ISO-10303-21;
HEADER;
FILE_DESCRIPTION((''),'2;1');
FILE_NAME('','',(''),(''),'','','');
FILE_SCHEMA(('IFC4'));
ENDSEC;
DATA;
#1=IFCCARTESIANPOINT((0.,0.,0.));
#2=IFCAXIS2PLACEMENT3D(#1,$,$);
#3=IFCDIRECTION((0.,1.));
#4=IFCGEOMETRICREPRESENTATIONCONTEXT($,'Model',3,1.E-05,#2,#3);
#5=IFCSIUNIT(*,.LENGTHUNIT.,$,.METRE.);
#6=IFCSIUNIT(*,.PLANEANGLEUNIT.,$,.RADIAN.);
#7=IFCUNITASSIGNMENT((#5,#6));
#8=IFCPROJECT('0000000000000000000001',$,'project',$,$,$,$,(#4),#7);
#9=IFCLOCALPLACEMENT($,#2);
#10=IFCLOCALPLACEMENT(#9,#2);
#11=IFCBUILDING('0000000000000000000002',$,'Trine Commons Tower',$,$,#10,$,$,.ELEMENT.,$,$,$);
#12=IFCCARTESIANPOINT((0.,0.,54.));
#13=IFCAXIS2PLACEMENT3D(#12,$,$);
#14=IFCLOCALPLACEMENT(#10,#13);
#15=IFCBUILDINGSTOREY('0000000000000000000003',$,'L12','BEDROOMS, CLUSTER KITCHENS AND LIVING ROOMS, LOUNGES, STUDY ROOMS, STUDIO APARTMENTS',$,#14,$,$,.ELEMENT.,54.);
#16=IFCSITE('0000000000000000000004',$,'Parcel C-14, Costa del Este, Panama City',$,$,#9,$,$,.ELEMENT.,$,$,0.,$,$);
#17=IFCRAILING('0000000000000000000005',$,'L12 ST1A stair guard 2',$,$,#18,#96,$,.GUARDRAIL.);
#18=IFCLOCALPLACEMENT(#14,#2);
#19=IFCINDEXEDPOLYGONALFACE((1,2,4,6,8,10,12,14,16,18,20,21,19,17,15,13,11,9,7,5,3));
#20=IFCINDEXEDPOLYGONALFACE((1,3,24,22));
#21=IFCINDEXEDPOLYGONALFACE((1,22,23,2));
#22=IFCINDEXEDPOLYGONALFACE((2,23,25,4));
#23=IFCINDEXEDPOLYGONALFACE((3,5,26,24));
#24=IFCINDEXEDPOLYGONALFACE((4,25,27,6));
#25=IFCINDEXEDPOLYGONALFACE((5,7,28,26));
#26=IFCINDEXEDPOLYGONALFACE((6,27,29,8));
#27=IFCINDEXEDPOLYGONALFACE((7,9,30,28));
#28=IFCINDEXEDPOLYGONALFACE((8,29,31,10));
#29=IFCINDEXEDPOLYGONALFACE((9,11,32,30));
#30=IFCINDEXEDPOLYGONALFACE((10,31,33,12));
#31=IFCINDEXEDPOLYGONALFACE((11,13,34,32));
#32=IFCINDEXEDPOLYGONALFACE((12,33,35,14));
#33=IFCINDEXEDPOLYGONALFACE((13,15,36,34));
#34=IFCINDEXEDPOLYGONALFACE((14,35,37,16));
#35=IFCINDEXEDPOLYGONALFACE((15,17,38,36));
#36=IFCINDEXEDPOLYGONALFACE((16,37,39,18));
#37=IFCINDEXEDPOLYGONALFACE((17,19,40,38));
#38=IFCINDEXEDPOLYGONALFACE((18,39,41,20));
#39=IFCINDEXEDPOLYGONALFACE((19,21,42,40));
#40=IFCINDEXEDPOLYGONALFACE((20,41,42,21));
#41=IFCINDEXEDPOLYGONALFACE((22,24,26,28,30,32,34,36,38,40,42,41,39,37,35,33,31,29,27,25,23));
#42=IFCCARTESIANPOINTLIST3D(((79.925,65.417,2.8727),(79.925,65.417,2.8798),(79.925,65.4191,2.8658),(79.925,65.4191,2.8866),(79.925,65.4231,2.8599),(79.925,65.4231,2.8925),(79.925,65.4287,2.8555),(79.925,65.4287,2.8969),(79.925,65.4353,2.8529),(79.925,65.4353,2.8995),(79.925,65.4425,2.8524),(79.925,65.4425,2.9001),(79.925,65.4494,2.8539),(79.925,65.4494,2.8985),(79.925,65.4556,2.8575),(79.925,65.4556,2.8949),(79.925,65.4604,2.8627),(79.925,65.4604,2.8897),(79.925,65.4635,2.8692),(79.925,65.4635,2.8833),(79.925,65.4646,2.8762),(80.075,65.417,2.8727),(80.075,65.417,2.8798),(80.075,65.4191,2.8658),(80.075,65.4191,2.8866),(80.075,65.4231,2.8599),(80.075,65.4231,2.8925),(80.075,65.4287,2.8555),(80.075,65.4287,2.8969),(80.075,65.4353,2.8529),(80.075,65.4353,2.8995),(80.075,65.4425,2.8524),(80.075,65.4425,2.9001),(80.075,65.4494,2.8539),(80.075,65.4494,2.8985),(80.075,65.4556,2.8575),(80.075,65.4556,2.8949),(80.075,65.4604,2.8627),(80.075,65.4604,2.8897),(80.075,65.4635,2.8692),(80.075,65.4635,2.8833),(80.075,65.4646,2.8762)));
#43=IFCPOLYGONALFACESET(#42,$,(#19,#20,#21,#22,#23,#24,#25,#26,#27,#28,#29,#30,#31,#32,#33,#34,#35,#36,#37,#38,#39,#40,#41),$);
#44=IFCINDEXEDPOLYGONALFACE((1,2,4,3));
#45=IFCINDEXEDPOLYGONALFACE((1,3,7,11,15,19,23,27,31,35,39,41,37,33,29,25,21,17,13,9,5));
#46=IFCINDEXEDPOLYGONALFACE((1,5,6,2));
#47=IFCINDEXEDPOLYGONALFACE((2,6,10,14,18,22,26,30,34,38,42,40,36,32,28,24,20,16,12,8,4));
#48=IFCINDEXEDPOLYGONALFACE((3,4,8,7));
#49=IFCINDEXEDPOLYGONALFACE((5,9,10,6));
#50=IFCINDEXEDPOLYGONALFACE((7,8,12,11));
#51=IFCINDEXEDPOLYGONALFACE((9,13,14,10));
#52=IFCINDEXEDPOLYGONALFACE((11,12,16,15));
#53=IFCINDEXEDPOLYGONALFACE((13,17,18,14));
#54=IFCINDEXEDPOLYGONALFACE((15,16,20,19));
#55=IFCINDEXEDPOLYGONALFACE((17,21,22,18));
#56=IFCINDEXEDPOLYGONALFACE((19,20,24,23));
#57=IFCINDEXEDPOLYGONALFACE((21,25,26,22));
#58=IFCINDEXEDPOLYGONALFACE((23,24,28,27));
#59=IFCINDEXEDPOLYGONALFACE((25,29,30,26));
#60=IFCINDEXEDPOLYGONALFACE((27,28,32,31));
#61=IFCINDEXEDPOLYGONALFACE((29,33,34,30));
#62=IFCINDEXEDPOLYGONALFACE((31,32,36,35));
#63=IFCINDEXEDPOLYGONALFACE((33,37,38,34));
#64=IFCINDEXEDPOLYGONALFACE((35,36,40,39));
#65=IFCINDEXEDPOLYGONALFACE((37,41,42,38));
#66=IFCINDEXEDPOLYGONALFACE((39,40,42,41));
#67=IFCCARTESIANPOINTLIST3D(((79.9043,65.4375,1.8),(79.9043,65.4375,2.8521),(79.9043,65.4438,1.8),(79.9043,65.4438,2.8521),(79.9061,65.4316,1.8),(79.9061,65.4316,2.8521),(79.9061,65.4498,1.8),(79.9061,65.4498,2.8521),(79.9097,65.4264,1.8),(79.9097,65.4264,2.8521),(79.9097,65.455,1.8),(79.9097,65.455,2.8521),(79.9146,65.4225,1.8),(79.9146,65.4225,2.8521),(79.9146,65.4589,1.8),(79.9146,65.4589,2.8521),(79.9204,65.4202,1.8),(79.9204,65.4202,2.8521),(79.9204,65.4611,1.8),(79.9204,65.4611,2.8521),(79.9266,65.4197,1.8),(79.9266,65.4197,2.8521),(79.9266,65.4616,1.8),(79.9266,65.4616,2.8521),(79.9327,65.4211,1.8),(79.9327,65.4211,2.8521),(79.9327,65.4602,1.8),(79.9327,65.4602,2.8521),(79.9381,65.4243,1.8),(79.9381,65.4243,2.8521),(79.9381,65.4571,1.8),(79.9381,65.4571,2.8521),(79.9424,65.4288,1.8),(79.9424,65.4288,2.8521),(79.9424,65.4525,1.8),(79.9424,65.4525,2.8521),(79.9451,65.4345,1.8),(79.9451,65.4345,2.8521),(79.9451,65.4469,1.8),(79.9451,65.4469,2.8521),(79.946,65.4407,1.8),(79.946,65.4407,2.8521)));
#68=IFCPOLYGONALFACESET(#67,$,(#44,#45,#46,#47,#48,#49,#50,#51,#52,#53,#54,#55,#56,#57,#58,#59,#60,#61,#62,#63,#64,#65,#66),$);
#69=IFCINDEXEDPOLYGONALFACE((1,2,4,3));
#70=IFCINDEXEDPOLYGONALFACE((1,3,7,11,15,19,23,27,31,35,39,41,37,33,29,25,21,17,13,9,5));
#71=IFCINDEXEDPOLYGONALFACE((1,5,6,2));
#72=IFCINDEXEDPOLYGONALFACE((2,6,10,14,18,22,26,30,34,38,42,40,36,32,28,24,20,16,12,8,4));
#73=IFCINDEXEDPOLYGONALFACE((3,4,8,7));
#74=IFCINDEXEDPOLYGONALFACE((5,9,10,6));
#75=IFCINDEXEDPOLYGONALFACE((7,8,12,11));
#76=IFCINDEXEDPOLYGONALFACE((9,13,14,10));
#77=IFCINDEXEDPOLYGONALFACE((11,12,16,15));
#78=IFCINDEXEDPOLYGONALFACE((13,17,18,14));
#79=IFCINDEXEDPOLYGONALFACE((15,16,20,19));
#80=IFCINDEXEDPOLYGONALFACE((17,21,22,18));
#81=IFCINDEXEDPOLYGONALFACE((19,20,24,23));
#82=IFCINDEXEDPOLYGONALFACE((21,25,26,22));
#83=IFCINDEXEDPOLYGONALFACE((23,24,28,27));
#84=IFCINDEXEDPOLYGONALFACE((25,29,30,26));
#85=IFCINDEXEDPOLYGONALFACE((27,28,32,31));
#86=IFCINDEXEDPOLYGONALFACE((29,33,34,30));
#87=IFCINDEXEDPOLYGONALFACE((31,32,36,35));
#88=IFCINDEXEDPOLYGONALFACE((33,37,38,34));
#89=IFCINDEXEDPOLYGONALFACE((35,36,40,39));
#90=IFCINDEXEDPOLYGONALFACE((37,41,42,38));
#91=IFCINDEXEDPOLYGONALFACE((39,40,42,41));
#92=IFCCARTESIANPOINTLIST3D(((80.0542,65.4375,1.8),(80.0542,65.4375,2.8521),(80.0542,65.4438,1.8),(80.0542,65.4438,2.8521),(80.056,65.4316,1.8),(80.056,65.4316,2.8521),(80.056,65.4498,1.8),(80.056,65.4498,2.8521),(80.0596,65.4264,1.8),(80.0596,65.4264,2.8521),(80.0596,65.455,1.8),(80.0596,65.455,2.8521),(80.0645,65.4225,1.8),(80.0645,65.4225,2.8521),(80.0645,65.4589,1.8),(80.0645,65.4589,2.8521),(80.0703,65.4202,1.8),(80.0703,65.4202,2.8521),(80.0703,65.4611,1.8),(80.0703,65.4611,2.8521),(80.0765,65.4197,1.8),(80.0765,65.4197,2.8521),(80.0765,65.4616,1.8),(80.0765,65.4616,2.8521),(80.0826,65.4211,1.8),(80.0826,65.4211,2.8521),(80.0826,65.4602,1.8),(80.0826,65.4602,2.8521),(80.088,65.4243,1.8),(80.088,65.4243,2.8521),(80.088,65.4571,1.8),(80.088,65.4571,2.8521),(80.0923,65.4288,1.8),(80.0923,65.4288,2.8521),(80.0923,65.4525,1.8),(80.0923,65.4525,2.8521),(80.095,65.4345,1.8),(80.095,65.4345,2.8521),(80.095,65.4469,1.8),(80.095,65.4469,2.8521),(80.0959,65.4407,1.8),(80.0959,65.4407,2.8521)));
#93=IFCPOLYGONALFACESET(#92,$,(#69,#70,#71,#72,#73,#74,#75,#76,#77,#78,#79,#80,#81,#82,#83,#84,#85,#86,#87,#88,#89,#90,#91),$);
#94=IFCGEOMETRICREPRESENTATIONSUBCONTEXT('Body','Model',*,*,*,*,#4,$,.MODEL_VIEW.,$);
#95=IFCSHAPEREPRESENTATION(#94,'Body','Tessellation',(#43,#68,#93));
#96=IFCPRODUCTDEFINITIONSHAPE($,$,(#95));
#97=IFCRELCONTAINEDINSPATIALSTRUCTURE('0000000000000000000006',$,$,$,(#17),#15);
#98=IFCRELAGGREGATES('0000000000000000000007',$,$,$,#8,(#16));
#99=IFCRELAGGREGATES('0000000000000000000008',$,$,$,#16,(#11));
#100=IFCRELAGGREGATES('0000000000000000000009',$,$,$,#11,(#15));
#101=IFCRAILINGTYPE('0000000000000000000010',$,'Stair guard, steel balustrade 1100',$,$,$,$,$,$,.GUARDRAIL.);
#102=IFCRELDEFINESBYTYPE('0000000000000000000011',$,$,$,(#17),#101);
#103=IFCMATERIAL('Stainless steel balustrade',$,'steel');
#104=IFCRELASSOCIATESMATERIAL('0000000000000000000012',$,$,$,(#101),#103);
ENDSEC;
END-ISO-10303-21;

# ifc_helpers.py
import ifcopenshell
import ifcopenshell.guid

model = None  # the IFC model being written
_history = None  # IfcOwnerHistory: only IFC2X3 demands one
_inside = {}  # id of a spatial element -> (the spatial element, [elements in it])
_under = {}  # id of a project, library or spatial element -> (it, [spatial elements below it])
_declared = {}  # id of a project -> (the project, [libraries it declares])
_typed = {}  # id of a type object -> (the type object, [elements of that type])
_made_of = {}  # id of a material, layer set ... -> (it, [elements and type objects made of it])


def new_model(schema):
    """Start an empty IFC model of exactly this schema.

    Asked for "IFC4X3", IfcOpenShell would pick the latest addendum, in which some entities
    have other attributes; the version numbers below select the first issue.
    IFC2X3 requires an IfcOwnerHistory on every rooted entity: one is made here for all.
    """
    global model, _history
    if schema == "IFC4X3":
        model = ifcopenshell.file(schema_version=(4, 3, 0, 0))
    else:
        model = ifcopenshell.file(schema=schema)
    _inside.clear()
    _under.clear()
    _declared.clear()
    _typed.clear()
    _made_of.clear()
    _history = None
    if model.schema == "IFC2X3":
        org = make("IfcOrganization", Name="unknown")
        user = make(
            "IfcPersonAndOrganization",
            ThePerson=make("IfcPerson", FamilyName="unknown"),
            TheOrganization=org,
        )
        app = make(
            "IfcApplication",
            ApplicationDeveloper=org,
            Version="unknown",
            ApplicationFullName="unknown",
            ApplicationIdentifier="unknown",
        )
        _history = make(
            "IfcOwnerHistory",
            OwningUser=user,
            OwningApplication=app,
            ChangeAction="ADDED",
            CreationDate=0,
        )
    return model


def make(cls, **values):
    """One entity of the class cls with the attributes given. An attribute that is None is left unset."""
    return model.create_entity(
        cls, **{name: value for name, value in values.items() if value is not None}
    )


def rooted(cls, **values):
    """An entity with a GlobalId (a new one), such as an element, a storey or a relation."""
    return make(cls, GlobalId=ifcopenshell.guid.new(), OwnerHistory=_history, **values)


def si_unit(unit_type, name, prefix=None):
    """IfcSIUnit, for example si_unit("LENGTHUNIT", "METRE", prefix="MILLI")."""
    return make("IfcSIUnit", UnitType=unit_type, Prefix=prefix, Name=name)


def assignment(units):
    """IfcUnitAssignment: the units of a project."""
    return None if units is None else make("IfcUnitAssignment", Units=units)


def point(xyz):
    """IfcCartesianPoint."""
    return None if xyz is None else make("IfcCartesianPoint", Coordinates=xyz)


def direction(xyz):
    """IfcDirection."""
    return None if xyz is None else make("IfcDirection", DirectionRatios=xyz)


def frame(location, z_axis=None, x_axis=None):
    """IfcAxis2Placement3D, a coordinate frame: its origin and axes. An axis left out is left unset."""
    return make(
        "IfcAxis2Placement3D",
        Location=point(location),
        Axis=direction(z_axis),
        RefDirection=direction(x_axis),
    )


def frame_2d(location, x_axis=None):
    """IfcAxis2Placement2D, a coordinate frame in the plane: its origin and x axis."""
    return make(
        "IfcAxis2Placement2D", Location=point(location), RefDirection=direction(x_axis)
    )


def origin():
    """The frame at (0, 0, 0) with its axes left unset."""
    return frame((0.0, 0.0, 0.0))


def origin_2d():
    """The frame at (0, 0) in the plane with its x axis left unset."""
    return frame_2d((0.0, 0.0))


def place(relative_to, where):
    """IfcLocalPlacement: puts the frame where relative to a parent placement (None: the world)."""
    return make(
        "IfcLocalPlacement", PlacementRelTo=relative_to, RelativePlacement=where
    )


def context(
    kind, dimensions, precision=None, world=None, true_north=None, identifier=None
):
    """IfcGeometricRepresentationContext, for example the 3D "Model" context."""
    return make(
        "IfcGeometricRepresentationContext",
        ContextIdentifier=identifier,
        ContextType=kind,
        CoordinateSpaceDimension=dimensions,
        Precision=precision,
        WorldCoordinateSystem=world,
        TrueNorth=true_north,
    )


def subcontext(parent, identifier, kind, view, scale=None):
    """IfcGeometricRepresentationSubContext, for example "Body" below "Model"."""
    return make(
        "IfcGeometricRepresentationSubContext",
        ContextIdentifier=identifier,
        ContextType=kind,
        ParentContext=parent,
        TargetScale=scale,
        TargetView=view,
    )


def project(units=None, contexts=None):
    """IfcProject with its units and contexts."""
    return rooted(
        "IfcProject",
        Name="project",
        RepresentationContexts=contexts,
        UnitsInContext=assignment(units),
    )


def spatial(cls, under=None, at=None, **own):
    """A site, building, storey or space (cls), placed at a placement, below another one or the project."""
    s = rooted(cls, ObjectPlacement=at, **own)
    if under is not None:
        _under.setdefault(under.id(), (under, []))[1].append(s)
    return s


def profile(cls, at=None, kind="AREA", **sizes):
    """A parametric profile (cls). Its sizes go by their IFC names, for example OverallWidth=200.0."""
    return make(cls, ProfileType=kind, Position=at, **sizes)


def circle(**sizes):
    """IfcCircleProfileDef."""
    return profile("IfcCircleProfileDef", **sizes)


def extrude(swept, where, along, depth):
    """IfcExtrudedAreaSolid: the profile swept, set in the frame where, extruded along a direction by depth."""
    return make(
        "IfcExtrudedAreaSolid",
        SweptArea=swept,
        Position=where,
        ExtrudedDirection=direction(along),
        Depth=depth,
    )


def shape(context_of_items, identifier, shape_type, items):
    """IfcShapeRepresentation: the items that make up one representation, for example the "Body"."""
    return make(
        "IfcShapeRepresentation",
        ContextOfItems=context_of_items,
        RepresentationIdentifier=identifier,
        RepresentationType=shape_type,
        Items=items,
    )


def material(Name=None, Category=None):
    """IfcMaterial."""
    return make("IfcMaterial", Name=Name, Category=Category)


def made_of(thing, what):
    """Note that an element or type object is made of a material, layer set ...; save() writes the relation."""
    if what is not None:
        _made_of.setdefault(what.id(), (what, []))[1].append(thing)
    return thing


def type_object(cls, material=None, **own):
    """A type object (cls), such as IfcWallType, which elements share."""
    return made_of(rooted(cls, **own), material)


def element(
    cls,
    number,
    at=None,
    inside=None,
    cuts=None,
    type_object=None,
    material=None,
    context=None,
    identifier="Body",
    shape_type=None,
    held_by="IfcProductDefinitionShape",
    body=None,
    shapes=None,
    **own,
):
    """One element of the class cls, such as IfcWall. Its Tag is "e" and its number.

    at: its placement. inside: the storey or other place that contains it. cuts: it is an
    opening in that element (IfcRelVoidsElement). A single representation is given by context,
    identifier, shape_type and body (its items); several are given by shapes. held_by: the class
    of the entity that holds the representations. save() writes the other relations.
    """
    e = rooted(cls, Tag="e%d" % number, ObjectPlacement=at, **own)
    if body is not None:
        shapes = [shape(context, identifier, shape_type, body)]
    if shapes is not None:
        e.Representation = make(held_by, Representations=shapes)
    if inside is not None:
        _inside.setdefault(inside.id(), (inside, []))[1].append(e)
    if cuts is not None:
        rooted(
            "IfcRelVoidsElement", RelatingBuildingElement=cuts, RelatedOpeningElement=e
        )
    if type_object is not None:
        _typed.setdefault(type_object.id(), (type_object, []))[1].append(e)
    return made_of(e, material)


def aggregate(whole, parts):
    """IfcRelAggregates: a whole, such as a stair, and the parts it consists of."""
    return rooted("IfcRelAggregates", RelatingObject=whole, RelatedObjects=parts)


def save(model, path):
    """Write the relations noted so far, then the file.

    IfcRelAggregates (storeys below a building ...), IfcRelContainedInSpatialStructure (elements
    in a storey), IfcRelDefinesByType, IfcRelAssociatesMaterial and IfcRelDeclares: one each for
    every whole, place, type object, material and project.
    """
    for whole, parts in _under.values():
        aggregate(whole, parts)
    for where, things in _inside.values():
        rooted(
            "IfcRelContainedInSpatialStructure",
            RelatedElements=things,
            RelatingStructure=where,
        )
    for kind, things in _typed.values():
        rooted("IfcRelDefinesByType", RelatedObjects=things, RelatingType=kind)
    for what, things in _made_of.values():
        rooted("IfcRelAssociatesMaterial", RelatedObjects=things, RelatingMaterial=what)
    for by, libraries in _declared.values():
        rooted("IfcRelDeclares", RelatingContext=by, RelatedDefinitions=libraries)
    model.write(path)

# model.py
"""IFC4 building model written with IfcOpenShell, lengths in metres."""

from ifc_helpers import new_model, si_unit, direction, frame, origin, origin_2d, place, context, subcontext, project, spatial, circle, extrude, material, type_object, element, save


model = new_model("IFC4")

# Units and contexts
model_context = context("Model", 3, precision=1e-05, world=origin(), true_north=direction((0.0, 1.0)))
body_context = subcontext(model_context, "Body", "Model", "MODEL_VIEW")
ifc_project = project(units=[si_unit("LENGTHUNIT", "METRE"), si_unit("PLANEANGLEUNIT", "RADIAN")], contexts=[model_context])

# Site, building, storey
site_placement = place(None, origin())
site = spatial("IfcSite", under=ifc_project, at=site_placement, Name="Parcel C-14, Costa del Este, Panama City", CompositionType="ELEMENT", RefElevation=0.0)
building_placement = place(site_placement, origin())
building = spatial("IfcBuilding", under=site, at=building_placement, Name="Trine Commons Tower", CompositionType="ELEMENT")
storey_placement = place(building_placement, frame((0.0, 0.0, 54.0)))
storey = spatial("IfcBuildingStorey", under=building, at=storey_placement, Name="L12", Description="BEDROOMS, CLUSTER KITCHENS AND LIVING ROOMS, LOUNGES, STUDY ROOMS, STUDIO APARTMENTS", CompositionType="ELEMENT", Elevation=54.0)

# Railing
ifc_material_1 = material(Name="Stainless steel balustrade", Category="steel")
railing_type_1 = type_object("IfcRailingType", Name="Stair guard, steel balustrade 1100", PredefinedType="GUARDRAIL", material=ifc_material_1)
railing_1_placement = place(storey_placement, frame((79.925, 65.4407, 1.8)))
element("IfcRailing", 1, at=railing_1_placement, inside=storey, type_object=railing_type_1, Name="L12 ST1A stair guard 2", PredefinedType="GUARDRAIL", context=body_context, shape_type="SweptSolid", body=[
    extrude(circle(Radius=0.0239, at=origin_2d()), frame((0.0, 0.0, 1.0762), z_axis=(1.0, 0.0, 0.0), x_axis=(0.0, 1.0, 0.0)), (0.0, 0.0, 1.0), 0.1499),
    extrude(circle(Radius=0.021, at=origin_2d()), origin(), (0.0, 0.0, 1.0), 1.052),
    extrude(circle(Radius=0.021, at=origin_2d()), frame((0.1499, 0.0, 0.0)), (0.0, 0.0, 1.0), 1.052),
])

save(model, "model.ifc")
